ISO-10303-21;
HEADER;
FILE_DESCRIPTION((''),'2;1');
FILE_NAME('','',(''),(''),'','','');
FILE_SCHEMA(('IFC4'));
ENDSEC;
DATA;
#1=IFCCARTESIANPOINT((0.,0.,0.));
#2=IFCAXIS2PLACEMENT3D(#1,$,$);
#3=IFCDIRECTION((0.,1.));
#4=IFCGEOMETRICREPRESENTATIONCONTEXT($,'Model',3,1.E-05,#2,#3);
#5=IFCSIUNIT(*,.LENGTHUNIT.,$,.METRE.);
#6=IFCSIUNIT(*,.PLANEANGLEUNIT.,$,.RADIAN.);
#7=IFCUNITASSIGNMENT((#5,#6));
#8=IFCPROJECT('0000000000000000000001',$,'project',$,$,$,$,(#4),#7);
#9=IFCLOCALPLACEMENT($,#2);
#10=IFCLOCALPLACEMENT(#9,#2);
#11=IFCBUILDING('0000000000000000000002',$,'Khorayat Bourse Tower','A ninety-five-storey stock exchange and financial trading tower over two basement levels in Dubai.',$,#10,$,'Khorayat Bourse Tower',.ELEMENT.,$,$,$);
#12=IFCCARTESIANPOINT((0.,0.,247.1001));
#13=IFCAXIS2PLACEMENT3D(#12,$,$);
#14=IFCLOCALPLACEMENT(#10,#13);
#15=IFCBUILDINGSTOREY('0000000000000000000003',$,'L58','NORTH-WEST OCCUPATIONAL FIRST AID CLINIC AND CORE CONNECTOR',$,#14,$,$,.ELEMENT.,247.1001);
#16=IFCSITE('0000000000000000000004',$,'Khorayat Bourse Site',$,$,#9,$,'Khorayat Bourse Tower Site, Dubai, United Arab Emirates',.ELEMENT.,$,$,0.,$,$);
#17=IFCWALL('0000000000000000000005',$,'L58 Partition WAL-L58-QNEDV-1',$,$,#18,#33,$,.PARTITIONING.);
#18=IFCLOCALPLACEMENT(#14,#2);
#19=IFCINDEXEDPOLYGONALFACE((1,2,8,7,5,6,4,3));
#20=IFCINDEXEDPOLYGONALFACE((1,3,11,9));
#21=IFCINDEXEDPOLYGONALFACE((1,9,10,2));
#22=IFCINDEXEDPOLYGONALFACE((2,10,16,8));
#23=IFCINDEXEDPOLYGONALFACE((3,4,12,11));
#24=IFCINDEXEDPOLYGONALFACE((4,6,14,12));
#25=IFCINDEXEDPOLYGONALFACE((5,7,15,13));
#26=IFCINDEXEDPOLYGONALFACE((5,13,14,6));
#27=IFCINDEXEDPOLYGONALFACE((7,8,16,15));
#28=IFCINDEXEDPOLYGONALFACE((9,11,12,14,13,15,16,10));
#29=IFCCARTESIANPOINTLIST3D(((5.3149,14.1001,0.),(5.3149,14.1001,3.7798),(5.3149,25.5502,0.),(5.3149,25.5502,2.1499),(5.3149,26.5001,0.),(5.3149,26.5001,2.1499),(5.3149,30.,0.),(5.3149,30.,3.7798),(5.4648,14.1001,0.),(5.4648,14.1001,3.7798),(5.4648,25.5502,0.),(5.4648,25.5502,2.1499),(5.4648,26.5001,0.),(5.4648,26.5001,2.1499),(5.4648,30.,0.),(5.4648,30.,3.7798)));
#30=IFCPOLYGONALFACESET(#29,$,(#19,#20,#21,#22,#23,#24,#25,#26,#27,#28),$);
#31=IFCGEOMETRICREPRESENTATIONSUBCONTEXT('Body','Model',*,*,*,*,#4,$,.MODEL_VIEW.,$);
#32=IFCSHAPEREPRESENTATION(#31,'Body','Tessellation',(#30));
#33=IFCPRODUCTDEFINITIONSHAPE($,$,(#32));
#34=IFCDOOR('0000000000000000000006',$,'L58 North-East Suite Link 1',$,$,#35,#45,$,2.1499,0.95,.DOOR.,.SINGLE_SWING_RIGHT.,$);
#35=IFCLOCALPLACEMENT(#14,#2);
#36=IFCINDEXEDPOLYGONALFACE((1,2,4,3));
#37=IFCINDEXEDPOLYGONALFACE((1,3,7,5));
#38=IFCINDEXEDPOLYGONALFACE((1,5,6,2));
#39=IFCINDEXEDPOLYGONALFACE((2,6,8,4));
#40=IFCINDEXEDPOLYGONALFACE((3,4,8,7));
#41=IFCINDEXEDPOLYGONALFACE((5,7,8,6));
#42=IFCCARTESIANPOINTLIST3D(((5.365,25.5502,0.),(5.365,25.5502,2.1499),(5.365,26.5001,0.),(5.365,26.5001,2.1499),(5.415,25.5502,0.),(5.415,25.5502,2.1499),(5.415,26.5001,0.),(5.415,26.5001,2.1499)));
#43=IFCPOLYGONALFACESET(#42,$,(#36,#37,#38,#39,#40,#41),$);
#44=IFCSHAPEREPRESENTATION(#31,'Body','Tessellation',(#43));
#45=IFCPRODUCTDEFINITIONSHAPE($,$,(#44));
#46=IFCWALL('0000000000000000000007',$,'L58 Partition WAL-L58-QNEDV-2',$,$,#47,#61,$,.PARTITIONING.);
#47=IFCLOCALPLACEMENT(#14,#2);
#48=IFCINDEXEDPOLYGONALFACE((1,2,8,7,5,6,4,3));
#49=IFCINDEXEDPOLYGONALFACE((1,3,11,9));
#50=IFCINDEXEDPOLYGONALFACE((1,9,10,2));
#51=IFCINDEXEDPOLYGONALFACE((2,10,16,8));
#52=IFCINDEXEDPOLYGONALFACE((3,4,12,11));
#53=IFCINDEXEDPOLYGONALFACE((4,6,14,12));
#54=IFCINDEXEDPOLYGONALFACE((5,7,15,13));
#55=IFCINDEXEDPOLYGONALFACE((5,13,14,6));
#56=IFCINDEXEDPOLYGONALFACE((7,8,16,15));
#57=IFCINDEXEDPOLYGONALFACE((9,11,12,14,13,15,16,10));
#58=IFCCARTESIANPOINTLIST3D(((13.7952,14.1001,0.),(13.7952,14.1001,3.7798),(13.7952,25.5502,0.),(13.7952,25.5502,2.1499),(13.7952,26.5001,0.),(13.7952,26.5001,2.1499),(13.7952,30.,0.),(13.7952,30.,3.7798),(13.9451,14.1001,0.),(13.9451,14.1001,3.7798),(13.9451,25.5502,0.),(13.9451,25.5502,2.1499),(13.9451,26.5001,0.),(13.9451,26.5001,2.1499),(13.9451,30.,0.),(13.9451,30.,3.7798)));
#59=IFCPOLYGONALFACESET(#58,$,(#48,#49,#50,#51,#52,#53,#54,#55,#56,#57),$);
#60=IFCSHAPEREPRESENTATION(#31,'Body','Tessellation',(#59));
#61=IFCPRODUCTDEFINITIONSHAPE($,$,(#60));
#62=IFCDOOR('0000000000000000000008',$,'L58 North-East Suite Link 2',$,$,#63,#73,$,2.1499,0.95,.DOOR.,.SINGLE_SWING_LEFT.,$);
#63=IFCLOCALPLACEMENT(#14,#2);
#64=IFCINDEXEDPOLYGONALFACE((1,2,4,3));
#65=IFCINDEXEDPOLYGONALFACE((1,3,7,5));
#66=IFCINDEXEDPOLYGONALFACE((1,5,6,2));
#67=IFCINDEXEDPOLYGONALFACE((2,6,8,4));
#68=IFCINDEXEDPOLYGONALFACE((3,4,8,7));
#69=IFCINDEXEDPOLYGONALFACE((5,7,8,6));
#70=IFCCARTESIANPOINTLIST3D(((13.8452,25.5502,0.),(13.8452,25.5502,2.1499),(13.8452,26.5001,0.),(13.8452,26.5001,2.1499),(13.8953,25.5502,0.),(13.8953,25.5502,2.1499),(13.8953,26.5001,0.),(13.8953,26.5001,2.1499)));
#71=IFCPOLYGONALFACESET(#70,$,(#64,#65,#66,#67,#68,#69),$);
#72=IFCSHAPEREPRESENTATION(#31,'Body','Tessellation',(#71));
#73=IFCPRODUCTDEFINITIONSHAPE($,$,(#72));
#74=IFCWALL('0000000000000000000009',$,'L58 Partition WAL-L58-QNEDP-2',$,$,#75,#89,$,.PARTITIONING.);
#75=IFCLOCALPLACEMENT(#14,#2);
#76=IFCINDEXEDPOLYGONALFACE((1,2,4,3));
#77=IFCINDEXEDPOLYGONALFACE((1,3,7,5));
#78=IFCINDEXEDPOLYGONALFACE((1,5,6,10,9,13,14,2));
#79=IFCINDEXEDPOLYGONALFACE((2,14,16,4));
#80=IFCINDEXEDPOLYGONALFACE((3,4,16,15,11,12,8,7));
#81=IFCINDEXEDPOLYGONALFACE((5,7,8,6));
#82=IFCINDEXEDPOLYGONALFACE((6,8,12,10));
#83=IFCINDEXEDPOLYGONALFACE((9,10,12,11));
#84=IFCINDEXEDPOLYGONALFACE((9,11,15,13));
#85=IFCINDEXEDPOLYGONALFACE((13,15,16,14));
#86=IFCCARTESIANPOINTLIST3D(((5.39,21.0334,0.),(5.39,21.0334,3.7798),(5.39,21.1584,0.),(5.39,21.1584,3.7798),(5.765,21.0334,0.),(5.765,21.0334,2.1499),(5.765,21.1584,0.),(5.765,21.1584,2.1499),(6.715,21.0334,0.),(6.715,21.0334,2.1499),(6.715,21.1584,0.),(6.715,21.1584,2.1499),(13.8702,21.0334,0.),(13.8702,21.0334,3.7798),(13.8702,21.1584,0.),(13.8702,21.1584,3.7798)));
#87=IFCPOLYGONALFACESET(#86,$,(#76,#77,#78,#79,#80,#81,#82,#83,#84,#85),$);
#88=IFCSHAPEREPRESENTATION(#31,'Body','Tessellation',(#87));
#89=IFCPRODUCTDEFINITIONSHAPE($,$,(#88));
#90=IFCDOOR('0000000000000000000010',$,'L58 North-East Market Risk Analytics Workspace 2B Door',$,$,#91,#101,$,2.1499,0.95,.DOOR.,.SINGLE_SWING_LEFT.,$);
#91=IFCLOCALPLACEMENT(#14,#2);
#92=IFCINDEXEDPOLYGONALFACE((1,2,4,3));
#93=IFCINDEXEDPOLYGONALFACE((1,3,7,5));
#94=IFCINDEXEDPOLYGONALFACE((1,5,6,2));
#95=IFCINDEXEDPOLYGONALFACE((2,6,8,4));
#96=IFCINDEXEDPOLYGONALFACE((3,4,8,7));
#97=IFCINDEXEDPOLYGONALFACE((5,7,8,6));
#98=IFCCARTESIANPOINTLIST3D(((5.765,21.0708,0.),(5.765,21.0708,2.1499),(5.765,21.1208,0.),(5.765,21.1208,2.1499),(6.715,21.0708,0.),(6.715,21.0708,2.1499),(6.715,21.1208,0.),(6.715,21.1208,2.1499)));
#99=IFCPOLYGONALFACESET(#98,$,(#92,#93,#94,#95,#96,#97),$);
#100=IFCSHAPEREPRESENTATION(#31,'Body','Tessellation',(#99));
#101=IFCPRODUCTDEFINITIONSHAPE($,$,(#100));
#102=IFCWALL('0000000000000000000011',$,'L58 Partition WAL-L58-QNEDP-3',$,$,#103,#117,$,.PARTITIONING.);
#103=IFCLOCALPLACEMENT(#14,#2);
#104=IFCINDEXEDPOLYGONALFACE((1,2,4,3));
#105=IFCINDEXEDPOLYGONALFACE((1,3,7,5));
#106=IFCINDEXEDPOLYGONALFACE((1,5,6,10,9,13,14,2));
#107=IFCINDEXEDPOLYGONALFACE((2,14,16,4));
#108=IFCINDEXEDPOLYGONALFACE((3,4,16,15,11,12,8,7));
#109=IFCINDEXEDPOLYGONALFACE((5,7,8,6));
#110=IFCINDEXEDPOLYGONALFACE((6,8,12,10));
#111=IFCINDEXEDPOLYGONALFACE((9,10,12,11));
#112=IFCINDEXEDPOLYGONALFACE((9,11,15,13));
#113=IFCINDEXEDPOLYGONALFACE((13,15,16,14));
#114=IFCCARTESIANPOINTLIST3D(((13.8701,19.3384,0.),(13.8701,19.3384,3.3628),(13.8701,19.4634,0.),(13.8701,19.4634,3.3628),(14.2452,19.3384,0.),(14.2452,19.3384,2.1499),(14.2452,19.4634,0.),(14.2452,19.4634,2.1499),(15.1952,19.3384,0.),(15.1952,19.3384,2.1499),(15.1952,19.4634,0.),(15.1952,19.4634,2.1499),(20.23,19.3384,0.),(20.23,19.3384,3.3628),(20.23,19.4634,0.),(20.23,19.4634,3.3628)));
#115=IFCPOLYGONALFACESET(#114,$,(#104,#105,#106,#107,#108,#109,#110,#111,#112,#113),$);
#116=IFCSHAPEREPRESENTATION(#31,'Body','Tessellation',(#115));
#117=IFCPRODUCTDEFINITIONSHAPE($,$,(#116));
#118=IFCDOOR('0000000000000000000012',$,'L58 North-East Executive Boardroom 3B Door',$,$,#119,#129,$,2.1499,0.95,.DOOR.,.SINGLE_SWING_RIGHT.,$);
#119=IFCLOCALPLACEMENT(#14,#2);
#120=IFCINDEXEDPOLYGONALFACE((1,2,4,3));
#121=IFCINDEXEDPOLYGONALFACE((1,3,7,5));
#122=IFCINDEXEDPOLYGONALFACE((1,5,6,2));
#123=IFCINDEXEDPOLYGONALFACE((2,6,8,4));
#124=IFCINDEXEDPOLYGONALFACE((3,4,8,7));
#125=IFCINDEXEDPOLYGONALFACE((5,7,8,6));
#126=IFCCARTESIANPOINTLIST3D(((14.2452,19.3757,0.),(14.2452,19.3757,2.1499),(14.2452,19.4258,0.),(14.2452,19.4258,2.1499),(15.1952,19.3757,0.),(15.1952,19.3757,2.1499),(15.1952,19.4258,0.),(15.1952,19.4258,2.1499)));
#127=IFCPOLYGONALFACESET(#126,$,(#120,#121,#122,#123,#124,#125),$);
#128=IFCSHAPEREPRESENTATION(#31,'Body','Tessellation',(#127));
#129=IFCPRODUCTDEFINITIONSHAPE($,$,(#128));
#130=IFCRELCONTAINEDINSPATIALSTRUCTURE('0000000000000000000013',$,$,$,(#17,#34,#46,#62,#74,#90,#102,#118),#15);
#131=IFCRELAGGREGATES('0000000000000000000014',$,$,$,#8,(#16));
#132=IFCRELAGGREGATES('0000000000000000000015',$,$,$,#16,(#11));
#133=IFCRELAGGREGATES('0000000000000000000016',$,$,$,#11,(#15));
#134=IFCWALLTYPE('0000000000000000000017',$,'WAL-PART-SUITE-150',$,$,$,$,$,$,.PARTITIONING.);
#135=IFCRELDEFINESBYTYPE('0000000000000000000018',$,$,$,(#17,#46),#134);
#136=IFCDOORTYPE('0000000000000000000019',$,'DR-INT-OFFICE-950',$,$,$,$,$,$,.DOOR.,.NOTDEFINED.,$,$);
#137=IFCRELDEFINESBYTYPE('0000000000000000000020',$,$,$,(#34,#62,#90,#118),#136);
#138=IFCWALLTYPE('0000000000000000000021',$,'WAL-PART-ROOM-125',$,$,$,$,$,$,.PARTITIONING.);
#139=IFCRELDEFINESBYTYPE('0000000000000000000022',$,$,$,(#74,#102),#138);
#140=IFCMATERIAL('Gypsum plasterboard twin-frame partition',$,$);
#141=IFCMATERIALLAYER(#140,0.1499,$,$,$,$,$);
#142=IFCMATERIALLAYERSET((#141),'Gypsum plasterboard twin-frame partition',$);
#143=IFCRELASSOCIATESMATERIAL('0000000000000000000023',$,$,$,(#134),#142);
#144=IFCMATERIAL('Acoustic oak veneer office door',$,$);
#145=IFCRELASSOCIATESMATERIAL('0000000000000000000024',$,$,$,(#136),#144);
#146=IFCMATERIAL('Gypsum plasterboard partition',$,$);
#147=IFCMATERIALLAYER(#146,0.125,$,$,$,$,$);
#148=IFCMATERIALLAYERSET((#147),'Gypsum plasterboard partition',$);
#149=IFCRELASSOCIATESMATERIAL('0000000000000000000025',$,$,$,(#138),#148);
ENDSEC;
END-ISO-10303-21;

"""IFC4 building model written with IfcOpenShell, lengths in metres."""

from ifc_helpers import new_model, si_unit, direction, frame, frame_2d, origin, place, context, subcontext, project, spatial, rectangle, extrude, source, transform, mapped, material, layer, layer_set, type_object, element, fill, save


model = new_model("IFC4")

# Units and contexts
model_context = context("Model", 3, precision=1e-05, world=origin(), true_north=direction((0.0, 1.0)))
body_context = subcontext(model_context, "Body", "Model", "MODEL_VIEW")
ifc_project = project(units=[si_unit("LENGTHUNIT", "METRE"), si_unit("PLANEANGLEUNIT", "RADIAN")], contexts=[model_context])

# Site, building, storey
site_placement = place(None, origin())
site = spatial("IfcSite", under=ifc_project, at=site_placement, Name="Khorayat Bourse Site", LongName="Khorayat Bourse Tower Site, Dubai, United Arab Emirates", CompositionType="ELEMENT", RefElevation=0.0)
building_placement = place(site_placement, origin())
building = spatial("IfcBuilding", under=site, at=building_placement, Name="Khorayat Bourse Tower", Description="A ninety-five-storey stock exchange and financial trading tower over two basement levels in Dubai.", LongName="Khorayat Bourse Tower", CompositionType="ELEMENT")
storey_placement = place(building_placement, frame((0.0, 0.0, 247.1001)))
storey = spatial("IfcBuildingStorey", under=building, at=storey_placement, Name="L58", Description="NORTH-WEST OCCUPATIONAL FIRST AID CLINIC AND CORE CONNECTOR", CompositionType="ELEMENT", Elevation=247.1001)

# Walls, openings, doors
ifc_material_1 = material(Name="Gypsum plasterboard twin-frame partition")
ifc_layer_1 = layer(ifc_material_1, 0.1499)
ifc_layer_set_1 = layer_set([ifc_layer_1], Name="Gypsum plasterboard twin-frame partition")
wall_type_1 = type_object("IfcWallType", Name="WAL-PART-SUITE-150", PredefinedType="PARTITIONING", material=ifc_layer_set_1)
shared_shape_1 = source(origin(), body_context, "Body", "SweptSolid", [
    extrude(rectangle(XDim=15.8999, YDim=0.1499, at=frame_2d((7.95, 0.0))), origin(), (0.0, 0.0, 1.0), 3.7798),
])
wall_1_placement = place(storey_placement, frame((5.3899, 14.1001, 0.0), z_axis=(0.0, 0.0, 1.0), x_axis=(0.0, 1.0, 0.0)))
wall_1 = element("IfcWall", 1, at=wall_1_placement, inside=storey, type_object=wall_type_1, Name="L58 Partition WAL-L58-QNEDV-1", PredefinedType="PARTITIONING", context=body_context, shape_type="MappedRepresentation", body=[
    mapped(shared_shape_1, transform((0.0, 0.0, 0.0), scale=1.0)),
])
shared_shape_2 = source(origin(), body_context, "Body", "SweptSolid", [
    extrude(rectangle(XDim=0.95, YDim=2.1499, at=frame_2d((0.4751, 1.075))), frame((0.0, 0.085, 0.0), z_axis=(0.0, -1.0, 0.0), x_axis=(1.0, 0.0, 0.0)), (0.0, 0.0, 1.0), 0.1699),
])
opening_1_placement = place(wall_1_placement, frame((11.45, 0.0, 0.0)))
opening_1 = element("IfcOpeningElement", 2, at=opening_1_placement, cuts=wall_1, PredefinedType="OPENING", context=body_context, shape_type="MappedRepresentation", body=[
    mapped(shared_shape_2, transform((0.0, 0.0, 0.0), scale=1.0)),
])
ifc_material_2 = material(Name="Acoustic oak veneer office door")
door_type = type_object("IfcDoorType", Name="DR-INT-OFFICE-950", OperationType="NOTDEFINED", PredefinedType="DOOR", material=ifc_material_2)
shared_shape_3 = source(origin(), body_context, "Body", "SweptSolid", [
    extrude(rectangle(XDim=0.95, YDim=2.1499, at=frame_2d((0.4751, 1.075))), frame((0.0, 0.0249, 0.0), z_axis=(0.0, -1.0, 0.0), x_axis=(1.0, 0.0, 0.0)), (0.0, 0.0, 1.0), 0.05),
])
door_1_placement = place(opening_1_placement, origin())
door_1 = element("IfcDoor", 3, at=door_1_placement, inside=storey, type_object=door_type, Name="L58 North-East Suite Link 1", OperationType="SINGLE_SWING_RIGHT", OverallHeight=2.1499, OverallWidth=0.95, PredefinedType="DOOR", context=body_context, shape_type="MappedRepresentation", body=[
    mapped(shared_shape_3, transform((0.0, 0.0, 0.0), scale=1.0)),
])
fill(opening_1, door_1)
wall_2_placement = place(storey_placement, frame((13.8701, 14.1001, 0.0), z_axis=(0.0, 0.0, 1.0), x_axis=(0.0, 1.0, 0.0)))
wall_2 = element("IfcWall", 4, at=wall_2_placement, inside=storey, type_object=wall_type_1, Name="L58 Partition WAL-L58-QNEDV-2", PredefinedType="PARTITIONING", context=body_context, shape_type="MappedRepresentation", body=[
    mapped(shared_shape_1, transform((0.0, 0.0, 0.0), scale=1.0)),
])
opening_2_placement = place(wall_2_placement, frame((11.45, 0.0, 0.0)))
opening_2 = element("IfcOpeningElement", 5, at=opening_2_placement, cuts=wall_2, PredefinedType="OPENING", context=body_context, shape_type="MappedRepresentation", body=[
    mapped(shared_shape_2, transform((0.0, 0.0, 0.0), scale=1.0)),
])
door_2_placement = place(opening_2_placement, origin())
door_2 = element("IfcDoor", 6, at=door_2_placement, inside=storey, type_object=door_type, Name="L58 North-East Suite Link 2", OperationType="SINGLE_SWING_LEFT", OverallHeight=2.1499, OverallWidth=0.95, PredefinedType="DOOR", context=body_context, shape_type="MappedRepresentation", body=[
    mapped(shared_shape_3, transform((0.0, 0.0, 0.0), scale=1.0)),
])
fill(opening_2, door_2)
ifc_material_3 = material(Name="Gypsum plasterboard partition")
ifc_layer_2 = layer(ifc_material_3, 0.125)
ifc_layer_set_2 = layer_set([ifc_layer_2], Name="Gypsum plasterboard partition")
wall_type_2 = type_object("IfcWallType", Name="WAL-PART-ROOM-125", PredefinedType="PARTITIONING", material=ifc_layer_set_2)
shared_shape_4 = source(origin(), body_context, "Body", "SweptSolid", [
    extrude(rectangle(XDim=8.4802, YDim=0.125, at=frame_2d((4.2402, 0.0))), origin(), (0.0, 0.0, 1.0), 3.7798),
])
wall_3_placement = place(storey_placement, frame((5.3899, 21.0959, 0.0), z_axis=(0.0, 0.0, 1.0), x_axis=(1.0, 0.0, 0.0)))
wall_3 = element("IfcWall", 7, at=wall_3_placement, inside=storey, type_object=wall_type_2, Name="L58 Partition WAL-L58-QNEDP-2", PredefinedType="PARTITIONING", context=body_context, shape_type="MappedRepresentation", body=[
    mapped(shared_shape_4, transform((0.0, 0.0, 0.0), scale=1.0)),
])
shared_shape_5 = source(origin(), body_context, "Body", "SweptSolid", [
    extrude(rectangle(XDim=0.95, YDim=2.1499, at=frame_2d((0.4751, 1.075))), frame((0.0, 0.0725, 0.0), z_axis=(0.0, -1.0, 0.0), x_axis=(1.0, 0.0, 0.0)), (0.0, 0.0, 1.0), 0.145),
])
opening_3_placement = place(wall_3_placement, frame((0.375, 0.0, 0.0)))
opening_3 = element("IfcOpeningElement", 8, at=opening_3_placement, cuts=wall_3, PredefinedType="OPENING", context=body_context, shape_type="MappedRepresentation", body=[
    mapped(shared_shape_5, transform((0.0, 0.0, 0.0), scale=1.0)),
])
door_3_placement = place(opening_3_placement, origin())
door_3 = element("IfcDoor", 9, at=door_3_placement, inside=storey, type_object=door_type, Name="L58 North-East Market Risk Analytics Workspace 2B Door", OperationType="SINGLE_SWING_LEFT", OverallHeight=2.1499, OverallWidth=0.95, PredefinedType="DOOR", context=body_context, shape_type="MappedRepresentation", body=[
    mapped(shared_shape_3, transform((0.0, 0.0, 0.0), scale=1.0)),
])
fill(opening_3, door_3)
shared_shape_6 = source(origin(), body_context, "Body", "SweptSolid", [
    extrude(rectangle(XDim=6.3599, YDim=0.125, at=frame_2d((3.1799, 0.0))), origin(), (0.0, 0.0, 1.0), 3.3628),
])
wall_4_placement = place(storey_placement, frame((13.8701, 19.4009, 0.0), z_axis=(0.0, 0.0, 1.0), x_axis=(1.0, 0.0, 0.0)))
wall_4 = element("IfcWall", 10, at=wall_4_placement, inside=storey, type_object=wall_type_2, Name="L58 Partition WAL-L58-QNEDP-3", PredefinedType="PARTITIONING", context=body_context, shape_type="MappedRepresentation", body=[
    mapped(shared_shape_6, transform((0.0, 0.0, 0.0), scale=1.0)),
])
opening_4_placement = place(wall_4_placement, frame((0.375, 0.0, 0.0)))
opening_4 = element("IfcOpeningElement", 11, at=opening_4_placement, cuts=wall_4, PredefinedType="OPENING", context=body_context, shape_type="MappedRepresentation", body=[
    mapped(shared_shape_5, transform((0.0, 0.0, 0.0), scale=1.0)),
])
door_4_placement = place(opening_4_placement, origin())
door_4 = element("IfcDoor", 12, at=door_4_placement, inside=storey, type_object=door_type, Name="L58 North-East Executive Boardroom 3B Door", OperationType="SINGLE_SWING_RIGHT", OverallHeight=2.1499, OverallWidth=0.95, PredefinedType="DOOR", context=body_context, shape_type="MappedRepresentation", body=[
    mapped(shared_shape_3, transform((0.0, 0.0, 0.0), scale=1.0)),
])
fill(opening_4, door_4)

save(model, "model.ifc")
